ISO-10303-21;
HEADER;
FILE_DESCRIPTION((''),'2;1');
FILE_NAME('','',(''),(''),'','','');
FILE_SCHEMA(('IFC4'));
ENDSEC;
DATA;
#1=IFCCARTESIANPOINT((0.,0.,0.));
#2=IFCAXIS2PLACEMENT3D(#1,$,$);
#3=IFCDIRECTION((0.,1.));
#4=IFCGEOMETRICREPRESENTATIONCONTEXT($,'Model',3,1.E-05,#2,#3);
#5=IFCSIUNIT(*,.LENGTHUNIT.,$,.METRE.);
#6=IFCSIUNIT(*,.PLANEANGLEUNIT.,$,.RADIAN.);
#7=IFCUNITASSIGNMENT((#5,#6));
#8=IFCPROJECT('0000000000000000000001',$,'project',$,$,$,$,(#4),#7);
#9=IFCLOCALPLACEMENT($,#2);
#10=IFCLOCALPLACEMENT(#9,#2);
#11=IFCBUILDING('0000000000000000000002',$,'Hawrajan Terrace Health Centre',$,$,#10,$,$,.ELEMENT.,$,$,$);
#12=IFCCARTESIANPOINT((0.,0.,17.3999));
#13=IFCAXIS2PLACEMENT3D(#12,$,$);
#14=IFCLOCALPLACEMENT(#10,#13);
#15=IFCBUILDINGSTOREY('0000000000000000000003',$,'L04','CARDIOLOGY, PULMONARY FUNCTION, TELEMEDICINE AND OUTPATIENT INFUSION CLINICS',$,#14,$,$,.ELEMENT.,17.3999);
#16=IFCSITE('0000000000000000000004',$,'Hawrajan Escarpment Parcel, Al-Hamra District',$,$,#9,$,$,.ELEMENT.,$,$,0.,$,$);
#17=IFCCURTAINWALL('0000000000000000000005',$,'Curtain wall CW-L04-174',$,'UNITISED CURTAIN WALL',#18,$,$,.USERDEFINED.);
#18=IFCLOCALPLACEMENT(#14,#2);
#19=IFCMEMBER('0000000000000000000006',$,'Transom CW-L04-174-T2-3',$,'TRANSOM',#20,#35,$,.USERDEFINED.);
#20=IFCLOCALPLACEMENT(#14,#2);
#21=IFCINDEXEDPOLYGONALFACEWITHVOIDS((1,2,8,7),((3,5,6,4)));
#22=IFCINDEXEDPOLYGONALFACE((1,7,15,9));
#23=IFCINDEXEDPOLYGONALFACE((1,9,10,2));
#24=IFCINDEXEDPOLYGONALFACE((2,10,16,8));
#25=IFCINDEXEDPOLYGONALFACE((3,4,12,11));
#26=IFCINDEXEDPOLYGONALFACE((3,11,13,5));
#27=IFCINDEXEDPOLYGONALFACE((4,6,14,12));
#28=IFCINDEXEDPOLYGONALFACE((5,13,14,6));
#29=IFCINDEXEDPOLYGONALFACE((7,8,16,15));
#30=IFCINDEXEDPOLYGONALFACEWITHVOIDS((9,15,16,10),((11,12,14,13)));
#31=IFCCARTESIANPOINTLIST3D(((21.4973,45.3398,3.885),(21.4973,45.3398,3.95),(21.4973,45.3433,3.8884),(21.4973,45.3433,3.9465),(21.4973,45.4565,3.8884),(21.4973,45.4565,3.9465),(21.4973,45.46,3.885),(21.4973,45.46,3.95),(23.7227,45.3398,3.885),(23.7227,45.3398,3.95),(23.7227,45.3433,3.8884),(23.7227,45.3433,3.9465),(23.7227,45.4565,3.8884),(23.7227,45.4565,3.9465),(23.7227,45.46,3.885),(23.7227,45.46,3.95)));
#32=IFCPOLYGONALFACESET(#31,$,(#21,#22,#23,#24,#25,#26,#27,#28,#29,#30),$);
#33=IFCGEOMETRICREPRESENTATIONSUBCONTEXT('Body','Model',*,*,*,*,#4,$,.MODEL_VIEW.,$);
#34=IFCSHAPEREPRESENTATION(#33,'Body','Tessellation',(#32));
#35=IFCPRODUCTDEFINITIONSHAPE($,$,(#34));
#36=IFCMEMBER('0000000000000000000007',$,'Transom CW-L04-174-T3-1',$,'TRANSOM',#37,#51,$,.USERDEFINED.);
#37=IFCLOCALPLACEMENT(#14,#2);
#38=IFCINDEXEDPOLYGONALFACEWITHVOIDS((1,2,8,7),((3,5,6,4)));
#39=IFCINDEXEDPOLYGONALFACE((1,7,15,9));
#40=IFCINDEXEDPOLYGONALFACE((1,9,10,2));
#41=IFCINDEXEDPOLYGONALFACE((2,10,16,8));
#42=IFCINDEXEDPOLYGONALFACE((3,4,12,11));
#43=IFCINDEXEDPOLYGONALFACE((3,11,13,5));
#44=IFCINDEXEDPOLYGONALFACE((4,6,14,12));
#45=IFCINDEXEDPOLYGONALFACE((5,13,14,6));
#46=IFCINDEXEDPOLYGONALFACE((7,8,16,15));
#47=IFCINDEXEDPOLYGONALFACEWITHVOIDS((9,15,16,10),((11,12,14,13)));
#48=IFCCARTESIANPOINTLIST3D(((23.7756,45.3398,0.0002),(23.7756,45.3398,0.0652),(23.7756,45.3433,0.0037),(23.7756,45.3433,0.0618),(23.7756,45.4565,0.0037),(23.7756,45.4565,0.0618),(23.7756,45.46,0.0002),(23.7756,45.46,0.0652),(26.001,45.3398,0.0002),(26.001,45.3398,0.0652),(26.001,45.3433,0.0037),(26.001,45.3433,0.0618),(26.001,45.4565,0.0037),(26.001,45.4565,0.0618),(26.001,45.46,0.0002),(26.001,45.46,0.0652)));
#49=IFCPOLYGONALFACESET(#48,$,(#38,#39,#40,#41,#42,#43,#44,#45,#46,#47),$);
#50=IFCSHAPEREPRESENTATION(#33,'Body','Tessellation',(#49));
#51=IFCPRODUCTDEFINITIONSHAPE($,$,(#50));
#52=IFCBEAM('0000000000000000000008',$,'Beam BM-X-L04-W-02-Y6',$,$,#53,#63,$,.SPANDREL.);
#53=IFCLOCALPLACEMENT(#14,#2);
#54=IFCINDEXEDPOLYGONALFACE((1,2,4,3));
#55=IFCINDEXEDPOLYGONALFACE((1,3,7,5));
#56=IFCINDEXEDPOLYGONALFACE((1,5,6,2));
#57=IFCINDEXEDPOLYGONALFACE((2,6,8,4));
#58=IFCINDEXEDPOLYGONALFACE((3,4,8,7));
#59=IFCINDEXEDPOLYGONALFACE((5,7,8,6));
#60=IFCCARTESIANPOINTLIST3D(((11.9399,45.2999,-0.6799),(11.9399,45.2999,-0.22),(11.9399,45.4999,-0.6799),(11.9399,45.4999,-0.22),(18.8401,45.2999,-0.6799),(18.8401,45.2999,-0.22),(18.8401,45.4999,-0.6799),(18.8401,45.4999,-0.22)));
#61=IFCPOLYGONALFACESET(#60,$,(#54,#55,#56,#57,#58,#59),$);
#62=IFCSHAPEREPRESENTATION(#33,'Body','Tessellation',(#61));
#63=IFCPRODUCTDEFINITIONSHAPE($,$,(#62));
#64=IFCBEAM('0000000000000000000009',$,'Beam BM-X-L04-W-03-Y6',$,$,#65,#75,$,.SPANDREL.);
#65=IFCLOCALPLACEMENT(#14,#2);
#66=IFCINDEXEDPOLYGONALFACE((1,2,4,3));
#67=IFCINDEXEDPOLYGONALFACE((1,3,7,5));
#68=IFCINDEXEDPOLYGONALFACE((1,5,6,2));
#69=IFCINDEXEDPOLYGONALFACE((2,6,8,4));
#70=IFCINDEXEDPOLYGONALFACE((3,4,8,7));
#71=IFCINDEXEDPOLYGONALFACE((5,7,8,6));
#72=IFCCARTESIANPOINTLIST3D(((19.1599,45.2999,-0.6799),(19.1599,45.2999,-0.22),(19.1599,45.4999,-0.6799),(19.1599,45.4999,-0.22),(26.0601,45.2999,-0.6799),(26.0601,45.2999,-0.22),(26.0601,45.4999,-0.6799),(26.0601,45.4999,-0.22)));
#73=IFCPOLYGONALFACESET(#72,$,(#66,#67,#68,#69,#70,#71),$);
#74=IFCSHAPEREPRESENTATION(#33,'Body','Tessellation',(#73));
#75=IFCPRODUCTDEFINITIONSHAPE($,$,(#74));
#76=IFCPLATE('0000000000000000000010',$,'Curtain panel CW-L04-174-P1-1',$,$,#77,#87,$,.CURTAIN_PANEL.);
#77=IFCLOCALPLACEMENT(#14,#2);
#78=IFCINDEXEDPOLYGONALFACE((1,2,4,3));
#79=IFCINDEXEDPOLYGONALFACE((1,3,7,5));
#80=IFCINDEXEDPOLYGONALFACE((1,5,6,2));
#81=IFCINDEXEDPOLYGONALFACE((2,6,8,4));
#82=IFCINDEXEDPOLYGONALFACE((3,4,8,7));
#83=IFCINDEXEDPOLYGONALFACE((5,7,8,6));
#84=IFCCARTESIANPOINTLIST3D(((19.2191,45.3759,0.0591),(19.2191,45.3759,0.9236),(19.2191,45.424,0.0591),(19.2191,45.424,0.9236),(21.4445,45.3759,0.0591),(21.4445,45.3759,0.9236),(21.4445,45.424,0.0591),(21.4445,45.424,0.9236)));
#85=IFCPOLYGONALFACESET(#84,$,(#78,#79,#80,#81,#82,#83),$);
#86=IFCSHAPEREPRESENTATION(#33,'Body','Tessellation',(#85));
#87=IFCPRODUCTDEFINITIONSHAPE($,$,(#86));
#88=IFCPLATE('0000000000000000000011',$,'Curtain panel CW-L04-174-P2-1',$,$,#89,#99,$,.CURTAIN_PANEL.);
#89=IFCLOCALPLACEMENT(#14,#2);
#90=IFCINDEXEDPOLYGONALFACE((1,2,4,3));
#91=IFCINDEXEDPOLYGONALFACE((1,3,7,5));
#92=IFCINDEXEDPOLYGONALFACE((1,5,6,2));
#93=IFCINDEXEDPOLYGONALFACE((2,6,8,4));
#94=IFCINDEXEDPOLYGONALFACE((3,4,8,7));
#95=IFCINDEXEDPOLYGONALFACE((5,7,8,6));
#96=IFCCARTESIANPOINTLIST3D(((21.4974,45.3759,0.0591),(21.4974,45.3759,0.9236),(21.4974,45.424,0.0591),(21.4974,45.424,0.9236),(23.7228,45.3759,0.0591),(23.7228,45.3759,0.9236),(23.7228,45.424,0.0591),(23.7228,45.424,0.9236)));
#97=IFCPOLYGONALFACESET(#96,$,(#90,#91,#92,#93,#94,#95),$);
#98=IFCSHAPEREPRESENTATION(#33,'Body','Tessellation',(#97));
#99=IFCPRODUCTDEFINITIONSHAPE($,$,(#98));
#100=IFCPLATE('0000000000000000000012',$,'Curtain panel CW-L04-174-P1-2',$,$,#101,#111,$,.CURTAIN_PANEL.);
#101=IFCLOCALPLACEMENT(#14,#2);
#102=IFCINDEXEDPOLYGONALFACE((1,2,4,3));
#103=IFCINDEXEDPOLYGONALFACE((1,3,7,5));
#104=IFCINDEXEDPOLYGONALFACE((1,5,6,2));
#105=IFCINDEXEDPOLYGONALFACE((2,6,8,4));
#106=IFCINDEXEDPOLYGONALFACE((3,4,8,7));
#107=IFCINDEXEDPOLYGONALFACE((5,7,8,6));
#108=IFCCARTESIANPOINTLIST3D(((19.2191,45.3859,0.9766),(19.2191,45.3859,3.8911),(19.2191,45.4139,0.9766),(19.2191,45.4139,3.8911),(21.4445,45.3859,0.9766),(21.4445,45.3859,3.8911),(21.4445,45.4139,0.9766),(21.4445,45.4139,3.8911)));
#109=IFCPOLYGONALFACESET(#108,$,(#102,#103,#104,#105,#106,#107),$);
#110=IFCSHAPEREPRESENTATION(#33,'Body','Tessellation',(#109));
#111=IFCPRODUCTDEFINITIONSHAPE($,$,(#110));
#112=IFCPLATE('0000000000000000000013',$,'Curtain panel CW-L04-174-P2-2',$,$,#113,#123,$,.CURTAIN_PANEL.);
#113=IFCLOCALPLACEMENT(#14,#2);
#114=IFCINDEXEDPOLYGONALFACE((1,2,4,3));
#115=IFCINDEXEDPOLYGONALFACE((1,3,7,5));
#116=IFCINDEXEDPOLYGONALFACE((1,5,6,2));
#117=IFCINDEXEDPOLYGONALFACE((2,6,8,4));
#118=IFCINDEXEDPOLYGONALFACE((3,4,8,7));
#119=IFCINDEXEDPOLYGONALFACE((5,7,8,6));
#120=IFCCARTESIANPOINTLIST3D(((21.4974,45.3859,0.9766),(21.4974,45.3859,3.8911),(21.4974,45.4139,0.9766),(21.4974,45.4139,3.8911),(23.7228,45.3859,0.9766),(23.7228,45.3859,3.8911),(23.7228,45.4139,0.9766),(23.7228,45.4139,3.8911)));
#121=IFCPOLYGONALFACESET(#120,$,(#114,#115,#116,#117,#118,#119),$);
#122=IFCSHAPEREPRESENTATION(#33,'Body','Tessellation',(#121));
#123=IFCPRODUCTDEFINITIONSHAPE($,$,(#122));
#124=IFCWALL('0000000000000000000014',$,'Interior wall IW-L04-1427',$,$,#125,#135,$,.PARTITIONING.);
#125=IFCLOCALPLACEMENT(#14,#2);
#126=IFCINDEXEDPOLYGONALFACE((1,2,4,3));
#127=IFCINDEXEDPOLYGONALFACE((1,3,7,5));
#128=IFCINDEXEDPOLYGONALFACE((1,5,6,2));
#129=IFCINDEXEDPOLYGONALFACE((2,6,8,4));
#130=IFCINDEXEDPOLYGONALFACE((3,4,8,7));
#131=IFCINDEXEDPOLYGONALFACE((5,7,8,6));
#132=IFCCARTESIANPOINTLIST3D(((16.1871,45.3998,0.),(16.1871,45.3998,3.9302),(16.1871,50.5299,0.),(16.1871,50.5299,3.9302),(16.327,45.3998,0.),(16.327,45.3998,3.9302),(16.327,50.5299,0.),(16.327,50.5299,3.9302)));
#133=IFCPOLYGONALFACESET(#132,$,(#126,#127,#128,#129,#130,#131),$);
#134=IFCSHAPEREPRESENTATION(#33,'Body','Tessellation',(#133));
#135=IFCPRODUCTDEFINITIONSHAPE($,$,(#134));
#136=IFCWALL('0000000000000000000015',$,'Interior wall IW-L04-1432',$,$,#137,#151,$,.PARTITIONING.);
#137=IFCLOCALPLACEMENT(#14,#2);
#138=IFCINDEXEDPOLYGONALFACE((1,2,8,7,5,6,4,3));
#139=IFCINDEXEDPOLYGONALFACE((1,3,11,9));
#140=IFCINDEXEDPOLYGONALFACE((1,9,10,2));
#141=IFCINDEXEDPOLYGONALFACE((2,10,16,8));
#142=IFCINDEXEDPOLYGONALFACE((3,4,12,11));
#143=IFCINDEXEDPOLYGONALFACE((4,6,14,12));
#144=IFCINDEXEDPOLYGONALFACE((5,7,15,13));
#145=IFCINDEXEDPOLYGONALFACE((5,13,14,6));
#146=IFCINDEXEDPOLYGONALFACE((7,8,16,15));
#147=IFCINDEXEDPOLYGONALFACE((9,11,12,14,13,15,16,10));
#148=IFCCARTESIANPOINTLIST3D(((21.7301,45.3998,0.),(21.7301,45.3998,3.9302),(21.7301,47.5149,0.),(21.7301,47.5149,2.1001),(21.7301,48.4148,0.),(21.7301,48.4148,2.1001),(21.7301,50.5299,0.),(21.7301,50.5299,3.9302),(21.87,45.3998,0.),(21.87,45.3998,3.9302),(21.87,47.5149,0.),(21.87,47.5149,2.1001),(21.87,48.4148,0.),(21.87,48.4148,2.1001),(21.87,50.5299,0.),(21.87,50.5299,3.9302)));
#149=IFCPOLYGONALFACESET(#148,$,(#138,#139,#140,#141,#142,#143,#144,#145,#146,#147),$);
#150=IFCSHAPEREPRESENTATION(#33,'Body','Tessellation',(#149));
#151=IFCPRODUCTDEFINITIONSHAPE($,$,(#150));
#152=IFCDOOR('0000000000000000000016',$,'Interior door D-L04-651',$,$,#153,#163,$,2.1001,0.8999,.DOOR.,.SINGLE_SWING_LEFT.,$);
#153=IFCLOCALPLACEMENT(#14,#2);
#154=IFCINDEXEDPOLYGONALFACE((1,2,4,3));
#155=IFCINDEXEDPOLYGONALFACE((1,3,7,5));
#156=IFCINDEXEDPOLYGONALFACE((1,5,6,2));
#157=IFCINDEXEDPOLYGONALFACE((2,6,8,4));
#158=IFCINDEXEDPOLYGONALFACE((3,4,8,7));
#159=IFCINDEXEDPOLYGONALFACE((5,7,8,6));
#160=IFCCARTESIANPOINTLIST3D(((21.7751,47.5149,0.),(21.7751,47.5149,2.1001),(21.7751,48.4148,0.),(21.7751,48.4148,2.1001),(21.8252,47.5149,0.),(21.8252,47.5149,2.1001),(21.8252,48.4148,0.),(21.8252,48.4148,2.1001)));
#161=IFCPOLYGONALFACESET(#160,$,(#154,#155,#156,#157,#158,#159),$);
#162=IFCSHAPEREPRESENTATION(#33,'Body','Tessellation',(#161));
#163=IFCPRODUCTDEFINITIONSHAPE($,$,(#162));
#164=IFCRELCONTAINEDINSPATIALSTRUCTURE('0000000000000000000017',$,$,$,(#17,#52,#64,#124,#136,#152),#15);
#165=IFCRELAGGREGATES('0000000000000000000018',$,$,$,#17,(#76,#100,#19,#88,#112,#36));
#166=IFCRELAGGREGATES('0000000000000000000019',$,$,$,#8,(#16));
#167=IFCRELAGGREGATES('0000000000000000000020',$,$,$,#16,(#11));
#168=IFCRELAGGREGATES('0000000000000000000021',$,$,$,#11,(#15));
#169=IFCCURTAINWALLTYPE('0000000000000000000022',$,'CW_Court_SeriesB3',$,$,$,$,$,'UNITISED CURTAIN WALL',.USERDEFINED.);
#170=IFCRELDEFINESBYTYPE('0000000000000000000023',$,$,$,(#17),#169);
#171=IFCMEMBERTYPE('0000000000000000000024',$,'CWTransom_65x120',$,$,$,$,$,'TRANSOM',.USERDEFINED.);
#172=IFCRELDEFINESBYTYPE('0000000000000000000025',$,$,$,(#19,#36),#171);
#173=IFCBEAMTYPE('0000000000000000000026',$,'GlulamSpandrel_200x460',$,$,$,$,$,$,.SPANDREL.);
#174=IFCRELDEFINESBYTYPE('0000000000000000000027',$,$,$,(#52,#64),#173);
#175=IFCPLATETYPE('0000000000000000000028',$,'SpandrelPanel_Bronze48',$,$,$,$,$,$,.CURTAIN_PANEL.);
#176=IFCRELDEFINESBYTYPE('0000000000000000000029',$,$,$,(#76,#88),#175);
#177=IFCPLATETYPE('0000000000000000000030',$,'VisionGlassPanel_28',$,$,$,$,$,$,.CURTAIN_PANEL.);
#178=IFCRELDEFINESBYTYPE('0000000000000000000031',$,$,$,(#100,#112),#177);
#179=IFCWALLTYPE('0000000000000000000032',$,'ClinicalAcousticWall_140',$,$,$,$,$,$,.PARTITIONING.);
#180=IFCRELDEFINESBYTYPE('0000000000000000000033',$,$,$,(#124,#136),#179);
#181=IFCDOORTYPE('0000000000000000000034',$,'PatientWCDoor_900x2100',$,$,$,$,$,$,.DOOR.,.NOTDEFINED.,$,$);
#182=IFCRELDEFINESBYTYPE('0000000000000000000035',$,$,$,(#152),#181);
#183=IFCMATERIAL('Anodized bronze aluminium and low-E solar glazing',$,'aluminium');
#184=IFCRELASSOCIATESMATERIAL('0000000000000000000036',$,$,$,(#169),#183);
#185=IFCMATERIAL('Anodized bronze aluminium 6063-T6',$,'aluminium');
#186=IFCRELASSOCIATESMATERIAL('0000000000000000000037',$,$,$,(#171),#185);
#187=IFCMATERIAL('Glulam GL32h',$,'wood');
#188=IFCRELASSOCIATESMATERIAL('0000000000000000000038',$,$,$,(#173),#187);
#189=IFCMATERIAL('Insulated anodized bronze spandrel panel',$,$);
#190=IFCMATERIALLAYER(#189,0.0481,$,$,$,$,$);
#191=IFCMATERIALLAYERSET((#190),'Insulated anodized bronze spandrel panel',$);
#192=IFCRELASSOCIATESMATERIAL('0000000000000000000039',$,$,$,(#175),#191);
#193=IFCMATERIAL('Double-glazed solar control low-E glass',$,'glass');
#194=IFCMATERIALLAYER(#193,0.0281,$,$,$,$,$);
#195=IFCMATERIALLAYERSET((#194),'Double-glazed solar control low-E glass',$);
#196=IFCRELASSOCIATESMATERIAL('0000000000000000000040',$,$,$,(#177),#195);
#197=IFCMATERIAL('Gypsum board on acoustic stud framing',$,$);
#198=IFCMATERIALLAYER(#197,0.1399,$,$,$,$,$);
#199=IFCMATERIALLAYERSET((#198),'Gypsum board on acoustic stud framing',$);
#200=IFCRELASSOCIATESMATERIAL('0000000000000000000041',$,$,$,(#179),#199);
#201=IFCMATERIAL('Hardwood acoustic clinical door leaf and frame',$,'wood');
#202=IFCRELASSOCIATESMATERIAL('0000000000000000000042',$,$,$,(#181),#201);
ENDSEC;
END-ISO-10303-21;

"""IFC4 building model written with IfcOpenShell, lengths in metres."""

from ifc_helpers import new_model, si_unit, direction, frame, frame_2d, origin, origin_2d, place, context, subcontext, project, spatial, rectangle, hollow_rectangle, extrude, material, layer, layer_set, material_profile, profile_set, type_object, element, fill, aggregate, save


model = new_model("IFC4")

# Units and contexts
model_context = context("Model", 3, precision=1e-05, world=origin(), true_north=direction((0.0, 1.0)))
body_context = subcontext(model_context, "Body", "Model", "MODEL_VIEW")
ifc_project = project(units=[si_unit("LENGTHUNIT", "METRE"), si_unit("PLANEANGLEUNIT", "RADIAN")], contexts=[model_context])

# Site, building, storey
site_placement = place(None, origin())
site = spatial("IfcSite", under=ifc_project, at=site_placement, Name="Hawrajan Escarpment Parcel, Al-Hamra District", CompositionType="ELEMENT", RefElevation=0.0)
building_placement = place(site_placement, origin())
building = spatial("IfcBuilding", under=site, at=building_placement, Name="Hawrajan Terrace Health Centre", CompositionType="ELEMENT")
storey_placement = place(building_placement, frame((0.0, 0.0, 17.3999)))
storey = spatial("IfcBuildingStorey", under=building, at=storey_placement, Name="L04", Description="CARDIOLOGY, PULMONARY FUNCTION, TELEMEDICINE AND OUTPATIENT INFUSION CLINICS", CompositionType="ELEMENT", Elevation=17.3999)

# Shared definitions
ifc_material_1 = material(Name="Glulam GL32h", Category="wood")

# Curtain wall
ifc_material_2 = material(Name="Anodized bronze aluminium and low-E solar glazing", Category="aluminium")
curtain_wall_type_1 = type_object("IfcCurtainWallType", Name="CW_Court_SeriesB3", ElementType="UNITISED CURTAIN WALL", PredefinedType="USERDEFINED", material=ifc_material_2)
curtain_wall_1_placement = place(storey_placement, origin())
curtain_wall_1 = element("IfcCurtainWall", 1, at=curtain_wall_1_placement, inside=storey, type_object=curtain_wall_type_1, Name="Curtain wall CW-L04-174", ObjectType="UNITISED CURTAIN WALL", PredefinedType="USERDEFINED")
ifc_material_3 = material(Name="Anodized bronze aluminium 6063-T6", Category="aluminium")

# Members
ifc_material_profile_1 = material_profile(ifc_material_3, hollow_rectangle(XDim=0.0649, YDim=0.1201, WallThickness=0.0034, at=origin_2d()), Name="CW TRN 65x120")
ifc_profile_set_1 = profile_set([ifc_material_profile_1], Name="Anodized bronze aluminium 6063-T6")
member_type_1 = type_object("IfcMemberType", Name="CWTransom_65x120", ElementType="TRANSOM", PredefinedType="USERDEFINED", material=ifc_profile_set_1)
member_1_placement = place(storey_placement, frame((21.4973, 45.3999, 3.9175), z_axis=(1.0, 0.0, 0.0), x_axis=(0.0, 0.0, 1.0)))
member_1 = element("IfcMember", 2, at=member_1_placement, type_object=member_type_1, Name="Transom CW-L04-174-T2-3", ObjectType="TRANSOM", PredefinedType="USERDEFINED", context=body_context, shape_type="SweptSolid", body=[
    extrude(hollow_rectangle(XDim=0.0649, YDim=0.1201, WallThickness=0.0034, at=origin_2d()), origin(), (0.0, 0.0, 1.0), 2.2253),
])
member_2_placement = place(storey_placement, frame((23.7756, 45.3999, 0.0327), z_axis=(1.0, 0.0, 0.0), x_axis=(0.0, 0.0, 1.0)))
member_2 = element("IfcMember", 3, at=member_2_placement, type_object=member_type_1, Name="Transom CW-L04-174-T3-1", ObjectType="TRANSOM", PredefinedType="USERDEFINED", context=body_context, shape_type="SweptSolid", body=[
    extrude(hollow_rectangle(XDim=0.0649, YDim=0.1201, WallThickness=0.0034, at=origin_2d()), origin(), (0.0, 0.0, 1.0), 2.2253),
])

# Beams
ifc_material_profile_2 = material_profile(ifc_material_1, rectangle(XDim=0.2, YDim=0.46, at=origin_2d()), Name="GL SP 200x460")
ifc_profile_set_2 = profile_set([ifc_material_profile_2], Name="Glulam GL32h")
beam_type = type_object("IfcBeamType", Name="GlulamSpandrel_200x460", PredefinedType="SPANDREL", material=ifc_profile_set_2)
for number, where, z_axis, x_axis, name in (
    (4, (11.9399, 45.3999, -0.45), (1.0, 0.0, 0.0), (0.0, 1.0, 0.0), "Beam BM-X-L04-W-02-Y6"),
    (5, (19.1599, 45.3999, -0.45), (1.0, 0.0, 0.0), (0.0, 1.0, 0.0), "Beam BM-X-L04-W-03-Y6"),
):
    element("IfcBeam", number, at=place(storey_placement, frame(where, z_axis=z_axis, x_axis=x_axis)), inside=storey, type_object=beam_type, Name=name, PredefinedType="SPANDREL", context=body_context, shape_type="SweptSolid", body=[
        extrude(rectangle(XDim=0.2, YDim=0.46, at=origin_2d()), origin(), (0.0, 0.0, 1.0), 6.9001),
    ])

# Plates
ifc_material_4 = material(Name="Insulated anodized bronze spandrel panel")
ifc_layer_1 = layer(ifc_material_4, 0.0481)
ifc_layer_set_1 = layer_set([ifc_layer_1], Name="Insulated anodized bronze spandrel panel")
plate_type_1 = type_object("IfcPlateType", Name="SpandrelPanel_Bronze48", PredefinedType="CURTAIN_PANEL", material=ifc_layer_set_1)
plate_1_placement = place(storey_placement, frame((20.3318, 45.3999, 0.0591), z_axis=(0.0, 0.0, 1.0), x_axis=(1.0, 0.0, 0.0)))
plate_1 = element("IfcPlate", 6, at=plate_1_placement, type_object=plate_type_1, Name="Curtain panel CW-L04-174-P1-1", PredefinedType="CURTAIN_PANEL", context=body_context, shape_type="SweptSolid", body=[
    extrude(rectangle(XDim=2.2253, YDim=0.0481, at=origin_2d()), origin(), (0.0, 0.0, 1.0), 0.8645),
])
plate_2_placement = place(storey_placement, frame((22.6101, 45.3999, 0.0591), z_axis=(0.0, 0.0, 1.0), x_axis=(1.0, 0.0, 0.0)))
plate_2 = element("IfcPlate", 7, at=plate_2_placement, type_object=plate_type_1, Name="Curtain panel CW-L04-174-P2-1", PredefinedType="CURTAIN_PANEL", context=body_context, shape_type="SweptSolid", body=[
    extrude(rectangle(XDim=2.2253, YDim=0.0481, at=origin_2d()), origin(), (0.0, 0.0, 1.0), 0.8645),
])
ifc_material_5 = material(Name="Double-glazed solar control low-E glass", Category="glass")
ifc_layer_2 = layer(ifc_material_5, 0.0281)
ifc_layer_set_2 = layer_set([ifc_layer_2], Name="Double-glazed solar control low-E glass")
plate_type_2 = type_object("IfcPlateType", Name="VisionGlassPanel_28", PredefinedType="CURTAIN_PANEL", material=ifc_layer_set_2)
plate_3_placement = place(storey_placement, frame((20.3318, 45.3999, 0.9766), z_axis=(0.0, 0.0, 1.0), x_axis=(1.0, 0.0, 0.0)))
plate_3 = element("IfcPlate", 8, at=plate_3_placement, type_object=plate_type_2, Name="Curtain panel CW-L04-174-P1-2", PredefinedType="CURTAIN_PANEL", context=body_context, shape_type="SweptSolid", body=[
    extrude(rectangle(XDim=2.2253, YDim=0.0281, at=origin_2d()), origin(), (0.0, 0.0, 1.0), 2.9146),
])
plate_4_placement = place(storey_placement, frame((22.6101, 45.3999, 0.9766), z_axis=(0.0, 0.0, 1.0), x_axis=(1.0, 0.0, 0.0)))
plate_4 = element("IfcPlate", 9, at=plate_4_placement, type_object=plate_type_2, Name="Curtain panel CW-L04-174-P2-2", PredefinedType="CURTAIN_PANEL", context=body_context, shape_type="SweptSolid", body=[
    extrude(rectangle(XDim=2.2253, YDim=0.0281, at=origin_2d()), origin(), (0.0, 0.0, 1.0), 2.9146),
])
aggregate(curtain_wall_1, [plate_1, plate_3, member_1, plate_2, plate_4, member_2])

# Wall
ifc_material_6 = material(Name="Gypsum board on acoustic stud framing")
ifc_layer_3 = layer(ifc_material_6, 0.1399)
ifc_layer_set_3 = layer_set([ifc_layer_3], Name="Gypsum board on acoustic stud framing")
wall_type_1 = type_object("IfcWallType", Name="ClinicalAcousticWall_140", PredefinedType="PARTITIONING", material=ifc_layer_set_3)
wall_1_placement = place(storey_placement, frame((16.2571, 45.3999, 0.0), z_axis=(0.0, 0.0, 1.0), x_axis=(0.0, 1.0, 0.0)))
element("IfcWall", 10, at=wall_1_placement, inside=storey, type_object=wall_type_1, Name="Interior wall IW-L04-1427", PredefinedType="PARTITIONING", context=body_context, shape_type="SweptSolid", body=[
    extrude(rectangle(XDim=5.1301, YDim=0.1399, at=frame_2d((2.5649, 0.0))), origin(), (0.0, 0.0, 1.0), 3.9302),
])

# Wall, opening, door
wall_2_placement = place(storey_placement, frame((21.8, 45.3999, 0.0), z_axis=(0.0, 0.0, 1.0), x_axis=(0.0, 1.0, 0.0)))
wall_2 = element("IfcWall", 11, at=wall_2_placement, inside=storey, type_object=wall_type_1, Name="Interior wall IW-L04-1432", PredefinedType="PARTITIONING", context=body_context, shape_type="SweptSolid", body=[
    extrude(rectangle(XDim=5.1301, YDim=0.1399, at=frame_2d((2.5649, 0.0))), origin(), (0.0, 0.0, 1.0), 3.9302),
])
opening_1_placement = place(wall_2_placement, frame((2.115, 0.0, 0.0)))
opening_1 = element("IfcOpeningElement", 12, at=opening_1_placement, cuts=wall_2, PredefinedType="OPENING", context=body_context, shape_type="SweptSolid", body=[
    extrude(rectangle(XDim=0.8999, YDim=2.1001, at=frame_2d((0.45, 1.05))), frame((0.0, 0.0798, 0.0), z_axis=(0.0, -1.0, 0.0), x_axis=(1.0, 0.0, 0.0)), (0.0, 0.0, 1.0), 0.1599),
])
ifc_material_7 = material(Name="Hardwood acoustic clinical door leaf and frame", Category="wood")
door_type_1 = type_object("IfcDoorType", Name="PatientWCDoor_900x2100", OperationType="NOTDEFINED", PredefinedType="DOOR", material=ifc_material_7)
door_1_placement = place(opening_1_placement, origin())
door_1 = element("IfcDoor", 13, at=door_1_placement, inside=storey, type_object=door_type_1, Name="Interior door D-L04-651", OperationType="SINGLE_SWING_LEFT", OverallHeight=2.1001, OverallWidth=0.8999, PredefinedType="DOOR", context=body_context, shape_type="SweptSolid", body=[
    extrude(rectangle(XDim=0.8999, YDim=2.1001, at=frame_2d((0.45, 1.05))), frame((0.0, 0.0249, 0.0), z_axis=(0.0, -1.0, 0.0), x_axis=(1.0, 0.0, 0.0)), (0.0, 0.0, 1.0), 0.05),
])
fill(opening_1, door_1)

save(model, "model.ifc")
